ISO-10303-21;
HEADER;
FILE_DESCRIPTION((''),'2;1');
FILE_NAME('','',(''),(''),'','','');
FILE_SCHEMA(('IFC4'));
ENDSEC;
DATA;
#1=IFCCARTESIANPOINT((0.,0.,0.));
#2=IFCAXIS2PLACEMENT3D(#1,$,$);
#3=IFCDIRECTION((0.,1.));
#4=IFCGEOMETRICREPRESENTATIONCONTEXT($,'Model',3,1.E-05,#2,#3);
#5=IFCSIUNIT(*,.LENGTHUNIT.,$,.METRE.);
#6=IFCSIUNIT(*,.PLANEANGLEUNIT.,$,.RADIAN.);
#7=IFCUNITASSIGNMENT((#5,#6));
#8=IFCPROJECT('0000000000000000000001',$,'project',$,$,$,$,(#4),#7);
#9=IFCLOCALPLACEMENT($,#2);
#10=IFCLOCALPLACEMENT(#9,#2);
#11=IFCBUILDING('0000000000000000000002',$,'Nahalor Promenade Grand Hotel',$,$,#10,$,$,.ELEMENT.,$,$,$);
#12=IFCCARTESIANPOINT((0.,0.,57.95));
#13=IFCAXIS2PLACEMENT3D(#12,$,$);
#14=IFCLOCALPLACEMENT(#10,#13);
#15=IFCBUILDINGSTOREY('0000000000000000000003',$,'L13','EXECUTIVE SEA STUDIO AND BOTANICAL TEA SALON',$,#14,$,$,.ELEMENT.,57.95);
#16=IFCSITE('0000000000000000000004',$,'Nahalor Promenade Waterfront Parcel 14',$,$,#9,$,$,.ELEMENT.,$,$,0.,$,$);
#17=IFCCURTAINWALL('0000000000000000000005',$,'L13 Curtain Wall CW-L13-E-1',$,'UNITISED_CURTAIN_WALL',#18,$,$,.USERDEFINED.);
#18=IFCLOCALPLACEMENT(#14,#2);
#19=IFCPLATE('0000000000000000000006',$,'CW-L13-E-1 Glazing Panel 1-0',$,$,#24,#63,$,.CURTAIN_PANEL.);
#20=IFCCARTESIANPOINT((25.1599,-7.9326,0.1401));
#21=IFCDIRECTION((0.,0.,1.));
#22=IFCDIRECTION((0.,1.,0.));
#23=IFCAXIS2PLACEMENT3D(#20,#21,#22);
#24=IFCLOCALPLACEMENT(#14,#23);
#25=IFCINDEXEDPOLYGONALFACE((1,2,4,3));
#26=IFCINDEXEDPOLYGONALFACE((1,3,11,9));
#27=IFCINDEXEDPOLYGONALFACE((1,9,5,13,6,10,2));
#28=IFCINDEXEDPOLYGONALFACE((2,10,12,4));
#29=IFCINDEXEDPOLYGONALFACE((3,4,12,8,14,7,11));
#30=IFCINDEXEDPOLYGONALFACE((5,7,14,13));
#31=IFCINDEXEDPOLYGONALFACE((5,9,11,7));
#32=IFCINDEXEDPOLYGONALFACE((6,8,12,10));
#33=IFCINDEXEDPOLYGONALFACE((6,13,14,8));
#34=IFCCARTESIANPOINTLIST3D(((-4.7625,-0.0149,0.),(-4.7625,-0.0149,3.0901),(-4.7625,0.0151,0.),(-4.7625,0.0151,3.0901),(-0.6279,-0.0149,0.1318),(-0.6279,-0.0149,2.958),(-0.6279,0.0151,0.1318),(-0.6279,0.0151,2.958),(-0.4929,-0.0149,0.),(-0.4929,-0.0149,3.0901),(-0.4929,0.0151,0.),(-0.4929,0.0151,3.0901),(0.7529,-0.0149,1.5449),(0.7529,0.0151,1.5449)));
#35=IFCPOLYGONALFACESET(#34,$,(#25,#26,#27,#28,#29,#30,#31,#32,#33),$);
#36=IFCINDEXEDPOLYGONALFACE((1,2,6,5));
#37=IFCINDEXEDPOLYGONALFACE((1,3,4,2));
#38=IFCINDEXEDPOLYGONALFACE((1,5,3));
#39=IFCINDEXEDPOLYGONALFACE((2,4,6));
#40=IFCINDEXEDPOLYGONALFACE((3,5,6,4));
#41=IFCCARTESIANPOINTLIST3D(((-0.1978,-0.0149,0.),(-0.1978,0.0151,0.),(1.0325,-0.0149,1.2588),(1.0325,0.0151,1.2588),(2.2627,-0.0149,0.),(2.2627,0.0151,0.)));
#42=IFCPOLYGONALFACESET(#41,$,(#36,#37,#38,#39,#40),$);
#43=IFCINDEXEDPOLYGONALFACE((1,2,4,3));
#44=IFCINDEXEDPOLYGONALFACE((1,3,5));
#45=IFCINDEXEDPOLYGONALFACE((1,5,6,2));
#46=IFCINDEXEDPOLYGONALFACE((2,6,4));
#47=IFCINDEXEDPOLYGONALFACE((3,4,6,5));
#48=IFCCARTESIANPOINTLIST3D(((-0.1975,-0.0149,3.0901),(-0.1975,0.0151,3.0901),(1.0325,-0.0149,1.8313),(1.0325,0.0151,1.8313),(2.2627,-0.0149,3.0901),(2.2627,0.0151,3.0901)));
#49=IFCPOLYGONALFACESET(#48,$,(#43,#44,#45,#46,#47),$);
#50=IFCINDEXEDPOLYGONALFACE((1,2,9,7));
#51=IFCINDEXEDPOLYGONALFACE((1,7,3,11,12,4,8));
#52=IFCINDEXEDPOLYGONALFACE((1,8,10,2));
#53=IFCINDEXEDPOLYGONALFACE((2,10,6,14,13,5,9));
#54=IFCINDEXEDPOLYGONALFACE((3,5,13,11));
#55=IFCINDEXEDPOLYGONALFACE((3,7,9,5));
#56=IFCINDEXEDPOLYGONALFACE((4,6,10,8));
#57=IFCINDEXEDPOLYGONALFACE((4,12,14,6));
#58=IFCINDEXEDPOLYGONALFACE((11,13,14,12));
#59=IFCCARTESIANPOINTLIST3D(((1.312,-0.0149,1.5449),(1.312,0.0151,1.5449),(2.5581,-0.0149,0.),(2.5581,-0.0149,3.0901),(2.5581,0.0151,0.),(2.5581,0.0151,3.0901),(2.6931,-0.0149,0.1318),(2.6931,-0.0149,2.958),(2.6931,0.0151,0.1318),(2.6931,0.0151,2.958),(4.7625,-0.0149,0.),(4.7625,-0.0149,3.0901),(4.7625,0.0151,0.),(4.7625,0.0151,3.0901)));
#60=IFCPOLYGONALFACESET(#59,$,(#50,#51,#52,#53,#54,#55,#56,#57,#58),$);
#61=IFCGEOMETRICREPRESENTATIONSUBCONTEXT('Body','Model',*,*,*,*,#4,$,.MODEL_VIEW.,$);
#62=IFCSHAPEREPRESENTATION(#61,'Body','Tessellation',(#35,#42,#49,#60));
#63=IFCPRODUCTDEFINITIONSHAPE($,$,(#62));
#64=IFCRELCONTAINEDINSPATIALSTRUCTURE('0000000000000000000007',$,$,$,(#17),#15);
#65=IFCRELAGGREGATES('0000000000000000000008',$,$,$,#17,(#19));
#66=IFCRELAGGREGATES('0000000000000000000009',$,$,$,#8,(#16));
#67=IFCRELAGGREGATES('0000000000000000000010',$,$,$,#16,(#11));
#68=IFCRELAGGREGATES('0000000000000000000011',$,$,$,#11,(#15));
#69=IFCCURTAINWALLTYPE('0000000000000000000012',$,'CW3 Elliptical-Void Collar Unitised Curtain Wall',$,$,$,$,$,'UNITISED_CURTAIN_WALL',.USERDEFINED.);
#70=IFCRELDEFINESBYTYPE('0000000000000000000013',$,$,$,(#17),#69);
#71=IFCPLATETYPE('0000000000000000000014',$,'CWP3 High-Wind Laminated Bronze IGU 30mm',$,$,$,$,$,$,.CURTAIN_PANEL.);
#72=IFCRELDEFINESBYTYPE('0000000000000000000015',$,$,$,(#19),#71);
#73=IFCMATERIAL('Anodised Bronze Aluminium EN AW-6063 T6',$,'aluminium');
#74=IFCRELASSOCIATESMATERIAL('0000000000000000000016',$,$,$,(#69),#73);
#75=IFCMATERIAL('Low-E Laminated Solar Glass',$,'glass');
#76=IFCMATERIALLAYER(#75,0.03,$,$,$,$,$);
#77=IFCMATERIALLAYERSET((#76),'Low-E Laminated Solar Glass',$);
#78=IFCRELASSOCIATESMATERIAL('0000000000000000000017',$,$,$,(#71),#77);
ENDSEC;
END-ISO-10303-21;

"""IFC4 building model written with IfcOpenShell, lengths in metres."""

from ifc_helpers import new_model, si_unit, direction, frame, origin, place, context, subcontext, project, spatial, polyline, outline, extrude, material, layer, layer_set, type_object, element, aggregate, save


model = new_model("IFC4")

# Units and contexts
model_context = context("Model", 3, precision=1e-05, world=origin(), true_north=direction((0.0, 1.0)))
body_context = subcontext(model_context, "Body", "Model", "MODEL_VIEW")
ifc_project = project(units=[si_unit("LENGTHUNIT", "METRE"), si_unit("PLANEANGLEUNIT", "RADIAN")], contexts=[model_context])

# Site, building, storey
site_placement = place(None, origin())
site = spatial("IfcSite", under=ifc_project, at=site_placement, Name="Nahalor Promenade Waterfront Parcel 14", CompositionType="ELEMENT", RefElevation=0.0)
building_placement = place(site_placement, origin())
building = spatial("IfcBuilding", under=site, at=building_placement, Name="Nahalor Promenade Grand Hotel", CompositionType="ELEMENT")
storey_placement = place(building_placement, frame((0.0, 0.0, 57.95)))
storey = spatial("IfcBuildingStorey", under=building, at=storey_placement, Name="L13", Description="EXECUTIVE SEA STUDIO AND BOTANICAL TEA SALON", CompositionType="ELEMENT", Elevation=57.95)

# Shared definitions
ifc_material_1 = material(Name="Anodised Bronze Aluminium EN AW-6063 T6", Category="aluminium")
curtain_wall_type = type_object("IfcCurtainWallType", Name="CW3 Elliptical-Void Collar Unitised Curtain Wall", ElementType="UNITISED_CURTAIN_WALL", PredefinedType="USERDEFINED", material=ifc_material_1)

# Curtain wall, plate
curtain_wall_1_placement = place(storey_placement, origin())
curtain_wall_1 = element("IfcCurtainWall", 1, at=curtain_wall_1_placement, inside=storey, type_object=curtain_wall_type, Name="L13 Curtain Wall CW-L13-E-1", ObjectType="UNITISED_CURTAIN_WALL", PredefinedType="USERDEFINED")
ifc_material_2 = material(Name="Low-E Laminated Solar Glass", Category="glass")
ifc_layer_1 = layer(ifc_material_2, 0.03)
ifc_layer_set_1 = layer_set([ifc_layer_1], Name="Low-E Laminated Solar Glass")
plate_type_1 = type_object("IfcPlateType", Name="CWP3 High-Wind Laminated Bronze IGU 30mm", PredefinedType="CURTAIN_PANEL", material=ifc_layer_set_1)
plate_1_placement = place(storey_placement, frame((25.1599, -7.9326, 0.1401), z_axis=(0.0, 0.0, 1.0), x_axis=(0.0, 1.0, 0.0)))
plate_1 = element("IfcPlate", 2, at=plate_1_placement, type_object=plate_type_1, Name="CW-L13-E-1 Glazing Panel 1-0", PredefinedType="CURTAIN_PANEL", context=body_context, shape_type="SweptSolid", body=[
    extrude(outline(polyline([(-4.7625, 3.0901), (-4.7625, 0.0), (-0.4929, 0.0), (-0.6279, 0.1318), (0.7529, 1.5449), (-0.6279, 2.958), (-0.4929, 3.0901), (-4.7625, 3.0901)])), frame((0.0, 0.0151, 0.0), z_axis=(0.0, -1.0, 0.0), x_axis=(1.0, 0.0, 0.0)), (0.0, 0.0, 1.0), 0.03),
    extrude(outline(polyline([(1.0325, 1.2588), (-0.1978, 0.0), (2.2627, 0.0), (1.0325, 1.2588)])), frame((0.0, 0.0151, 0.0), z_axis=(0.0, -1.0, 0.0), x_axis=(1.0, 0.0, 0.0)), (0.0, 0.0, 1.0), 0.03),
    extrude(outline(polyline([(1.0325, 1.8313), (2.2627, 3.0901), (-0.1975, 3.0901), (1.0325, 1.8313)])), frame((0.0, 0.0151, 0.0), z_axis=(0.0, -1.0, 0.0), x_axis=(1.0, 0.0, 0.0)), (0.0, 0.0, 1.0), 0.03),
    extrude(outline(polyline([(4.7625, 0.0), (4.7625, 3.0901), (2.5581, 3.0901), (2.6931, 2.958), (1.312, 1.5449), (2.6931, 0.1318), (2.5581, 0.0), (4.7625, 0.0)])), frame((0.0, 0.0151, 0.0), z_axis=(0.0, -1.0, 0.0), x_axis=(1.0, 0.0, 0.0)), (0.0, 0.0, 1.0), 0.03),
])
aggregate(curtain_wall_1, [plate_1])

save(model, "model.ifc")
